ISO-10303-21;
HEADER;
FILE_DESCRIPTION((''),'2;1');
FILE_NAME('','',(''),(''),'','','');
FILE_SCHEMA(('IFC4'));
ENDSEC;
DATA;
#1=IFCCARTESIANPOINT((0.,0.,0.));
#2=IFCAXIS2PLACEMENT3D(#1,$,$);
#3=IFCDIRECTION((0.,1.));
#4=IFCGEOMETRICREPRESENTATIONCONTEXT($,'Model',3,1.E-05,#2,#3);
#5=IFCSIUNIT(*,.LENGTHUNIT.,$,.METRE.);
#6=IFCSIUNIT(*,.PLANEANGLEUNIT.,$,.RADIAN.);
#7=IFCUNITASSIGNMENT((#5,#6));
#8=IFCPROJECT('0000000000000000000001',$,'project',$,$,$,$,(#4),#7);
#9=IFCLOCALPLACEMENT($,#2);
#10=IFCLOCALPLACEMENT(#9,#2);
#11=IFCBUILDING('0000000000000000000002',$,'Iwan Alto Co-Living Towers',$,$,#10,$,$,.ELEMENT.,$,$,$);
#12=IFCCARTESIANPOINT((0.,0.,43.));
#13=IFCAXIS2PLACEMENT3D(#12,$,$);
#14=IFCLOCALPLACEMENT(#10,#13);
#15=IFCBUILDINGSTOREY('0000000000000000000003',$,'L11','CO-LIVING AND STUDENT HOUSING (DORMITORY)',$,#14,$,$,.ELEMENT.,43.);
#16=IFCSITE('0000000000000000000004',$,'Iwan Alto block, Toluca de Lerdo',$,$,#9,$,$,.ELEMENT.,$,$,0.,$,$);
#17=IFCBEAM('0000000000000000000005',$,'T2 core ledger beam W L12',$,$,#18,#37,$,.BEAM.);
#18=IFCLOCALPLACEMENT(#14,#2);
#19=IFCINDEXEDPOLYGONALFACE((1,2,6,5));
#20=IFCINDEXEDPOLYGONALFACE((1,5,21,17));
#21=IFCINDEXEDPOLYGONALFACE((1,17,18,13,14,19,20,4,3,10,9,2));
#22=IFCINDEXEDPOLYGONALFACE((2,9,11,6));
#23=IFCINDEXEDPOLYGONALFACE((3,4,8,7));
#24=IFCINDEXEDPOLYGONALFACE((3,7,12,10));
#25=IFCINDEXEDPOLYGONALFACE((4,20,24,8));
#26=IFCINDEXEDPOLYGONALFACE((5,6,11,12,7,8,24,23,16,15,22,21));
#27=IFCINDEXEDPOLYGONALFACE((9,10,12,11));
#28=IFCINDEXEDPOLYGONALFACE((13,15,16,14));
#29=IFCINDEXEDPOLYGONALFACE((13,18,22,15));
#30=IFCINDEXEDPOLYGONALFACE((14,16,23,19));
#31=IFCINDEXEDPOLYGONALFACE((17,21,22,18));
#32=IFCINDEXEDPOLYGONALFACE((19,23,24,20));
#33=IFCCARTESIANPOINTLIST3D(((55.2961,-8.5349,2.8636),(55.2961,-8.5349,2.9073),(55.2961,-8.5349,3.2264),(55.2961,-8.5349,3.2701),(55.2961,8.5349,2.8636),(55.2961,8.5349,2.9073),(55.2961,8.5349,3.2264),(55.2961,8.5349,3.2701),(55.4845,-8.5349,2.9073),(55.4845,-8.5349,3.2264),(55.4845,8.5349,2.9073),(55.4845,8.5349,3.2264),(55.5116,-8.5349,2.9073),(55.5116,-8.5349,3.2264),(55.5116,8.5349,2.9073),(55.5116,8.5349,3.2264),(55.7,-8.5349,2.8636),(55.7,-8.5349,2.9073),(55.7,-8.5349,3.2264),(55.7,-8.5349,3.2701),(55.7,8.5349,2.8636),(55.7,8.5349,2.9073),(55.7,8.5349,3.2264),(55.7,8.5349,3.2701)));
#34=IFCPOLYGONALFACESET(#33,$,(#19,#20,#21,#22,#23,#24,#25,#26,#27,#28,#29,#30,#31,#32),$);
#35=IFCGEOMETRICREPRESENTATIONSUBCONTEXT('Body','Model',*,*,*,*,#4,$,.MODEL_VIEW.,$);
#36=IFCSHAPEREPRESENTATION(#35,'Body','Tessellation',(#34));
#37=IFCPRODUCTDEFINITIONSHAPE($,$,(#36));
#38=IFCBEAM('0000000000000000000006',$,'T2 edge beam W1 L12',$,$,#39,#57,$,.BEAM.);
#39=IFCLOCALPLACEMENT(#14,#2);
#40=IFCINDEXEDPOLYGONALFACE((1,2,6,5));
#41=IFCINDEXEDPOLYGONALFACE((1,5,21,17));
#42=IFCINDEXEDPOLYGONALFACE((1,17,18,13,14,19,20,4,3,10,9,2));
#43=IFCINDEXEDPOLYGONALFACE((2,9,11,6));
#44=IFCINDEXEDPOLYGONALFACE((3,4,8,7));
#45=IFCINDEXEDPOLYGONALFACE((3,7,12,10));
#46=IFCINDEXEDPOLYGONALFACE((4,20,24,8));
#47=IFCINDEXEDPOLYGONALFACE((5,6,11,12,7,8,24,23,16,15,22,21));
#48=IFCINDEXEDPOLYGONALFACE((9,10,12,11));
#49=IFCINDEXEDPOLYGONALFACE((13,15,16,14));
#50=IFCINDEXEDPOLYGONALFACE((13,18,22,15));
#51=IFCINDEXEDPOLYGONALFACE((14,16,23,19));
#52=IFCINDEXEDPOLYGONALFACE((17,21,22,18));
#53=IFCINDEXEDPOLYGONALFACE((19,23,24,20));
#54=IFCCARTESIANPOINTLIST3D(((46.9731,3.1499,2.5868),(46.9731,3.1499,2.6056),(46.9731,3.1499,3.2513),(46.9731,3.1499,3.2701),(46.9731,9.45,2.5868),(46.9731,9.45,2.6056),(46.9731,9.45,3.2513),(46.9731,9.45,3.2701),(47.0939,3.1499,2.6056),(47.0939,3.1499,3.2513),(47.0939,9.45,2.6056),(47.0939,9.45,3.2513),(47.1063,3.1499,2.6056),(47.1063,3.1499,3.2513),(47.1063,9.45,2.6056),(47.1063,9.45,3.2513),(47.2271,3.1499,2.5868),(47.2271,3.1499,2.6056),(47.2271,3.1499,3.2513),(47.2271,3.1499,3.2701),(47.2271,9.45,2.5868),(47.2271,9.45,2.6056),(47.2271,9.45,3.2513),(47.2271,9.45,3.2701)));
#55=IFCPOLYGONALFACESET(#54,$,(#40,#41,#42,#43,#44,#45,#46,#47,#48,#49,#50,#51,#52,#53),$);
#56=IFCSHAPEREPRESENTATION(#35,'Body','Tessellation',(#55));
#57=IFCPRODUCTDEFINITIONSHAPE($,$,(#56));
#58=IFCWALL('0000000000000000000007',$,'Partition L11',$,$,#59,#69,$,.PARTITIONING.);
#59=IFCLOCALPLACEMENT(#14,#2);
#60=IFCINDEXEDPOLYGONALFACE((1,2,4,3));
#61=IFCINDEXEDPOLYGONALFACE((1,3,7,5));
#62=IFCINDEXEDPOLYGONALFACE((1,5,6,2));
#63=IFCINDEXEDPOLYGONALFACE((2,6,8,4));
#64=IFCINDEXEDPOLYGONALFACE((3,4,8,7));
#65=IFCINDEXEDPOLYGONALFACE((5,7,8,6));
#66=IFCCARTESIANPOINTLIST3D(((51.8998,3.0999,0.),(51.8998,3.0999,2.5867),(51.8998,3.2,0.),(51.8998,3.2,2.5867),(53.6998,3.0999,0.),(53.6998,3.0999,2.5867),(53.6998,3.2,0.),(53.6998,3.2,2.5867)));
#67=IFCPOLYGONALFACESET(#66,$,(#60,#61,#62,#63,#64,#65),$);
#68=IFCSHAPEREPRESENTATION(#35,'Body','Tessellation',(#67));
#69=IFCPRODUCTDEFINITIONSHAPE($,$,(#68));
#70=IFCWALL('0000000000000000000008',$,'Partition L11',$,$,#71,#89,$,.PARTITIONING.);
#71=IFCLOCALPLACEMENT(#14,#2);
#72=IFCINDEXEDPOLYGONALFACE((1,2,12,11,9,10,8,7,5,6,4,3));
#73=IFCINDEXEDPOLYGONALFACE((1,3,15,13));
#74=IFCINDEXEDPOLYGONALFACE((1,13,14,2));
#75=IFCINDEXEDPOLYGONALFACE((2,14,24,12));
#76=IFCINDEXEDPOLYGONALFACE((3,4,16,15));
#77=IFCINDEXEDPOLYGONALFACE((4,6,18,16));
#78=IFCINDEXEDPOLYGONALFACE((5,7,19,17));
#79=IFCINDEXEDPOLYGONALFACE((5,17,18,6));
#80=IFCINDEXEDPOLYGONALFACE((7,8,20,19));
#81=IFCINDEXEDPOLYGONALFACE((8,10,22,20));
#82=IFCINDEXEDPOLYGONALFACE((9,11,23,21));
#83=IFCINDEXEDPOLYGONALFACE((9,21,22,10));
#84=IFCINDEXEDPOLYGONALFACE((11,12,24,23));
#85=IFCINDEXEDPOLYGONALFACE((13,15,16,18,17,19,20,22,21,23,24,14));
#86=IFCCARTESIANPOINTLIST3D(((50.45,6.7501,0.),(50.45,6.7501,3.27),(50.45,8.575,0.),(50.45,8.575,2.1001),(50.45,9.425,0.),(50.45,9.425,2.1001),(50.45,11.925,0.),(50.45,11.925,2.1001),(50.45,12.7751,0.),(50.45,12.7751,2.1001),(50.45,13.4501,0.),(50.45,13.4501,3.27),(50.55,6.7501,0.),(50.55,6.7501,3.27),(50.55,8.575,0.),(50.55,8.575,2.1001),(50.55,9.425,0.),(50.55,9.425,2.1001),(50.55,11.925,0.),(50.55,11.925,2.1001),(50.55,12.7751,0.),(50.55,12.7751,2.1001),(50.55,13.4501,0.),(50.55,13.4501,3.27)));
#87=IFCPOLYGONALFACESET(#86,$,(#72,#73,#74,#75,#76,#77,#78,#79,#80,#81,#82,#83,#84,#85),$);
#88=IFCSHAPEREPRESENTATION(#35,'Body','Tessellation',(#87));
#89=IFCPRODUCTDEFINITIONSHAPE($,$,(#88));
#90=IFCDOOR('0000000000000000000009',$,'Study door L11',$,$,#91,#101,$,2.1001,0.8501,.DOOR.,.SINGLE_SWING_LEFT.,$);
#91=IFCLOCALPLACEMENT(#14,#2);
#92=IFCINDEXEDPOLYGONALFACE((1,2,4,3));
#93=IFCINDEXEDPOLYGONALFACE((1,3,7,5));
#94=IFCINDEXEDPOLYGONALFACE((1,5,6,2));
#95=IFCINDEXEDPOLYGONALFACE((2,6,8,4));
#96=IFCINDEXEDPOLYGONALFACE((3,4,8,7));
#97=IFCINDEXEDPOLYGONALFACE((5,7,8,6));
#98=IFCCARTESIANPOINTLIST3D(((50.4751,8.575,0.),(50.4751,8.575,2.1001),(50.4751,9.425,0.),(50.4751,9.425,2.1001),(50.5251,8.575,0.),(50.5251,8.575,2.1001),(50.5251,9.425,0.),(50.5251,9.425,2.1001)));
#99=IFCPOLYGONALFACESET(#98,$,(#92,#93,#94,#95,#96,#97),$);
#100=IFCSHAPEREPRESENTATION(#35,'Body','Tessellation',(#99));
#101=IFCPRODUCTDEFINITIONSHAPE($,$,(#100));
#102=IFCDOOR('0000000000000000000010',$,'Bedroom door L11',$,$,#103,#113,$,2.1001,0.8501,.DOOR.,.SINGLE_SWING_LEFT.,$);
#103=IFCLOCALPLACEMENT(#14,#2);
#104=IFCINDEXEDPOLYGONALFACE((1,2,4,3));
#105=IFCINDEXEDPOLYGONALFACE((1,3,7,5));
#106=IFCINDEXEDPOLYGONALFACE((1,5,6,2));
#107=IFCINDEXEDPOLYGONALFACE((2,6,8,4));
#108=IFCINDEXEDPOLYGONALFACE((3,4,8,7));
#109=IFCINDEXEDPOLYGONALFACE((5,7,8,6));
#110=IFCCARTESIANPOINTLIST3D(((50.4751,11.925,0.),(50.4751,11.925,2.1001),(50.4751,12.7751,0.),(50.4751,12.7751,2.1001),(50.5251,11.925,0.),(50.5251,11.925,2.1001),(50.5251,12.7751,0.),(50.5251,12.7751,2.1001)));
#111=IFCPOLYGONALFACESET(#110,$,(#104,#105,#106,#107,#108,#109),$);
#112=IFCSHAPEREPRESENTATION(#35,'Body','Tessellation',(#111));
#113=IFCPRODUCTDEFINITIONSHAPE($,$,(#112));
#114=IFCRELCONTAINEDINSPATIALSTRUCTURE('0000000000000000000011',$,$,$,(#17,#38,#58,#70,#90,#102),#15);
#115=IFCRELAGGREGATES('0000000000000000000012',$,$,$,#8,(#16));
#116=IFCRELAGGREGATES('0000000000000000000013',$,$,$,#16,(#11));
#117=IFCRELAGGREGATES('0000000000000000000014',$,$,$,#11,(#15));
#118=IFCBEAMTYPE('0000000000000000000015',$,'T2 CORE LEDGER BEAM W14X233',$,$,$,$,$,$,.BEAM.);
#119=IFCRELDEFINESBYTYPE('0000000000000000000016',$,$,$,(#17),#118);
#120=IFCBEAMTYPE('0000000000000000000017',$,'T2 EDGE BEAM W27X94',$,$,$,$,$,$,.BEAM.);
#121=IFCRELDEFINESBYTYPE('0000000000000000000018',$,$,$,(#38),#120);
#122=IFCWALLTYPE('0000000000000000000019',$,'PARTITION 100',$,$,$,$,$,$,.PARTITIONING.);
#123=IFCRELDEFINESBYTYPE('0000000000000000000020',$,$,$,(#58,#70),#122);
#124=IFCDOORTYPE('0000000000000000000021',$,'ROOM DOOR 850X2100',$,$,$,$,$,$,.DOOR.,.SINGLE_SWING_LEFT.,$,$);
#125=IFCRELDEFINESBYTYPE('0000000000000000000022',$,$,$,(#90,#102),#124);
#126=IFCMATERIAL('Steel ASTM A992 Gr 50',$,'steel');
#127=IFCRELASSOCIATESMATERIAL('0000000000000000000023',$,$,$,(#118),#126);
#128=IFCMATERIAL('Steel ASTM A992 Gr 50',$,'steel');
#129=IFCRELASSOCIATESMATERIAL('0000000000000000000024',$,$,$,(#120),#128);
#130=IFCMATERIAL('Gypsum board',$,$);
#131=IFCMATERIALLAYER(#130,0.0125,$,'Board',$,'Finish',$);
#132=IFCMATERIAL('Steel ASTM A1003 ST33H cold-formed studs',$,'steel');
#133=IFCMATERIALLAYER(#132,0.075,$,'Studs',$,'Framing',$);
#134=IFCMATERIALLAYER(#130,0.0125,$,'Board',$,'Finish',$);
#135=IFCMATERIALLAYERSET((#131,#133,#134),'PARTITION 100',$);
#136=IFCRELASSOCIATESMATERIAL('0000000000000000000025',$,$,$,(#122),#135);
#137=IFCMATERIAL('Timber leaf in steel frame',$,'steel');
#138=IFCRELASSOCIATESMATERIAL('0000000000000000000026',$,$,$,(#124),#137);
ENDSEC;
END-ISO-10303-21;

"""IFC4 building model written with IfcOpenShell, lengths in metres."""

from ifc_helpers import new_model, si_unit, direction, frame, frame_2d, origin, origin_2d, place, context, subcontext, project, spatial, rectangle, i_section, extrude, material, layer, layer_set, material_profile, profile_set, type_object, element, fill, save


model = new_model("IFC4")

# Units and contexts
model_context = context("Model", 3, precision=1e-05, world=origin(), true_north=direction((0.0, 1.0)))
body_context = subcontext(model_context, "Body", "Model", "MODEL_VIEW")
ifc_project = project(units=[si_unit("LENGTHUNIT", "METRE"), si_unit("PLANEANGLEUNIT", "RADIAN")], contexts=[model_context])

# Site, building, storey
site_placement = place(None, origin())
site = spatial("IfcSite", under=ifc_project, at=site_placement, Name="Iwan Alto block, Toluca de Lerdo", CompositionType="ELEMENT", RefElevation=0.0)
building_placement = place(site_placement, origin())
building = spatial("IfcBuilding", under=site, at=building_placement, Name="Iwan Alto Co-Living Towers", CompositionType="ELEMENT")
storey_placement = place(building_placement, frame((0.0, 0.0, 43.0)))
storey = spatial("IfcBuildingStorey", under=building, at=storey_placement, Name="L11", Description="CO-LIVING AND STUDENT HOUSING (DORMITORY)", CompositionType="ELEMENT", Elevation=43.0)

# Beams
ifc_material_1 = material(Name="Steel ASTM A992 Gr 50", Category="steel")
ifc_material_profile_1 = material_profile(ifc_material_1, i_section(OverallWidth=0.4038, OverallDepth=0.4065, WebThickness=0.0271, FlangeThickness=0.0437, at=origin_2d()), Name="W14X233")
ifc_profile_set_1 = profile_set([ifc_material_profile_1], Name="Steel ASTM A992 Gr 50")
beam_type_1 = type_object("IfcBeamType", Name="T2 CORE LEDGER BEAM W14X233", PredefinedType="BEAM", material=ifc_profile_set_1)
beam_1_placement = place(storey_placement, frame((55.498, 8.5349, 3.0669), z_axis=(0.0, -1.0, 0.0), x_axis=(1.0, 0.0, 0.0)))
element("IfcBeam", 1, at=beam_1_placement, inside=storey, type_object=beam_type_1, Name="T2 core ledger beam W L12", PredefinedType="BEAM", context=body_context, shape_type="SweptSolid", body=[
    extrude(i_section(OverallWidth=0.4038, OverallDepth=0.4065, WebThickness=0.0271, FlangeThickness=0.0437, at=origin_2d()), origin(), (0.0, 0.0, 1.0), 17.0698),
])
ifc_material_2 = material(Name="Steel ASTM A992 Gr 50", Category="steel")
ifc_material_profile_2 = material_profile(ifc_material_2, i_section(OverallWidth=0.2539, OverallDepth=0.6833, WebThickness=0.0125, FlangeThickness=0.0188, at=origin_2d()), Name="W27X94")
ifc_profile_set_2 = profile_set([ifc_material_profile_2], Name="Steel ASTM A992 Gr 50")
beam_type_2 = type_object("IfcBeamType", Name="T2 EDGE BEAM W27X94", PredefinedType="BEAM", material=ifc_profile_set_2)
beam_2_placement = place(storey_placement, frame((47.1001, 9.45, 2.9285), z_axis=(0.0, -1.0, 0.0), x_axis=(1.0, 0.0, 0.0)))
element("IfcBeam", 2, at=beam_2_placement, inside=storey, type_object=beam_type_2, Name="T2 edge beam W1 L12", PredefinedType="BEAM", context=body_context, shape_type="SweptSolid", body=[
    extrude(i_section(OverallWidth=0.2539, OverallDepth=0.6833, WebThickness=0.0125, FlangeThickness=0.0188, at=origin_2d()), origin(), (0.0, 0.0, 1.0), 6.3),
])

# Wall
ifc_material_3 = material(Name="Gypsum board")
ifc_layer_1 = layer(ifc_material_3, 0.0125, Name="Board", Category="Finish")
ifc_material_4 = material(Name="Steel ASTM A1003 ST33H cold-formed studs", Category="steel")
ifc_layer_2 = layer(ifc_material_4, 0.075, Name="Studs", Category="Framing")
ifc_layer_3 = layer(ifc_material_3, 0.0125, Name="Board", Category="Finish")
ifc_layer_set_1 = layer_set([ifc_layer_1, ifc_layer_2, ifc_layer_3], Name="PARTITION 100")
wall_type_1 = type_object("IfcWallType", Name="PARTITION 100", PredefinedType="PARTITIONING", material=ifc_layer_set_1)
wall_1_placement = place(storey_placement, frame((51.8999, 3.1499, 0.0), z_axis=(0.0, 0.0, 1.0), x_axis=(1.0, 0.0, 0.0)))
element("IfcWall", 3, at=wall_1_placement, inside=storey, type_object=wall_type_1, Name="Partition L11", PredefinedType="PARTITIONING", context=body_context, shape_type="SweptSolid", body=[
    extrude(rectangle(XDim=1.8, YDim=0.1001, at=frame_2d((0.8999, 0.0))), origin(), (0.0, 0.0, 1.0), 2.5867),
])

# Wall, openings, doors
wall_2_placement = place(storey_placement, frame((50.5, 6.75, 0.0), z_axis=(0.0, 0.0, 1.0), x_axis=(0.0, 1.0, 0.0)))
wall_2 = element("IfcWall", 4, at=wall_2_placement, inside=storey, type_object=wall_type_1, Name="Partition L11", PredefinedType="PARTITIONING", context=body_context, shape_type="SweptSolid", body=[
    extrude(rectangle(XDim=6.7, YDim=0.1001, at=frame_2d((3.3501, 0.0))), origin(), (0.0, 0.0, 1.0), 3.27),
])
opening_1_placement = place(wall_2_placement, frame((1.825, 0.0, 0.0)))
opening_1 = element("IfcOpeningElement", 5, at=opening_1_placement, cuts=wall_2, PredefinedType="OPENING", context=body_context, shape_type="SweptSolid", body=[
    extrude(rectangle(XDim=0.8501, YDim=2.1001, at=frame_2d((0.425, 1.05))), frame((0.0, 0.0601, 0.0), z_axis=(0.0, -1.0, 0.0), x_axis=(1.0, 0.0, 0.0)), (0.0, 0.0, 1.0), 0.1201),
])
opening_2_placement = place(wall_2_placement, frame((5.175, 0.0, 0.0)))
opening_2 = element("IfcOpeningElement", 6, at=opening_2_placement, cuts=wall_2, PredefinedType="OPENING", context=body_context, shape_type="SweptSolid", body=[
    extrude(rectangle(XDim=0.8501, YDim=2.1001, at=frame_2d((0.425, 1.05))), frame((0.0, 0.0601, 0.0), z_axis=(0.0, -1.0, 0.0), x_axis=(1.0, 0.0, 0.0)), (0.0, 0.0, 1.0), 0.1201),
])
ifc_material_5 = material(Name="Timber leaf in steel frame", Category="steel")
door_type_1 = type_object("IfcDoorType", Name="ROOM DOOR 850X2100", OperationType="SINGLE_SWING_LEFT", PredefinedType="DOOR", material=ifc_material_5)
door_1_placement = place(opening_1_placement, origin())
door_1 = element("IfcDoor", 7, at=door_1_placement, inside=storey, type_object=door_type_1, Name="Study door L11", OperationType="SINGLE_SWING_LEFT", OverallHeight=2.1001, OverallWidth=0.8501, PredefinedType="DOOR", context=body_context, shape_type="SweptSolid", body=[
    extrude(rectangle(XDim=0.8501, YDim=2.1001, at=frame_2d((0.425, 1.05))), frame((0.0, 0.0249, 0.0), z_axis=(0.0, -1.0, 0.0), x_axis=(1.0, 0.0, 0.0)), (0.0, 0.0, 1.0), 0.05),
])
fill(opening_1, door_1)
door_2_placement = place(opening_2_placement, origin())
door_2 = element("IfcDoor", 8, at=door_2_placement, inside=storey, type_object=door_type_1, Name="Bedroom door L11", OperationType="SINGLE_SWING_LEFT", OverallHeight=2.1001, OverallWidth=0.8501, PredefinedType="DOOR", context=body_context, shape_type="SweptSolid", body=[
    extrude(rectangle(XDim=0.8501, YDim=2.1001, at=frame_2d((0.425, 1.05))), frame((0.0, 0.0249, 0.0), z_axis=(0.0, -1.0, 0.0), x_axis=(1.0, 0.0, 0.0)), (0.0, 0.0, 1.0), 0.05),
])
fill(opening_2, door_2)

save(model, "model.ifc")
